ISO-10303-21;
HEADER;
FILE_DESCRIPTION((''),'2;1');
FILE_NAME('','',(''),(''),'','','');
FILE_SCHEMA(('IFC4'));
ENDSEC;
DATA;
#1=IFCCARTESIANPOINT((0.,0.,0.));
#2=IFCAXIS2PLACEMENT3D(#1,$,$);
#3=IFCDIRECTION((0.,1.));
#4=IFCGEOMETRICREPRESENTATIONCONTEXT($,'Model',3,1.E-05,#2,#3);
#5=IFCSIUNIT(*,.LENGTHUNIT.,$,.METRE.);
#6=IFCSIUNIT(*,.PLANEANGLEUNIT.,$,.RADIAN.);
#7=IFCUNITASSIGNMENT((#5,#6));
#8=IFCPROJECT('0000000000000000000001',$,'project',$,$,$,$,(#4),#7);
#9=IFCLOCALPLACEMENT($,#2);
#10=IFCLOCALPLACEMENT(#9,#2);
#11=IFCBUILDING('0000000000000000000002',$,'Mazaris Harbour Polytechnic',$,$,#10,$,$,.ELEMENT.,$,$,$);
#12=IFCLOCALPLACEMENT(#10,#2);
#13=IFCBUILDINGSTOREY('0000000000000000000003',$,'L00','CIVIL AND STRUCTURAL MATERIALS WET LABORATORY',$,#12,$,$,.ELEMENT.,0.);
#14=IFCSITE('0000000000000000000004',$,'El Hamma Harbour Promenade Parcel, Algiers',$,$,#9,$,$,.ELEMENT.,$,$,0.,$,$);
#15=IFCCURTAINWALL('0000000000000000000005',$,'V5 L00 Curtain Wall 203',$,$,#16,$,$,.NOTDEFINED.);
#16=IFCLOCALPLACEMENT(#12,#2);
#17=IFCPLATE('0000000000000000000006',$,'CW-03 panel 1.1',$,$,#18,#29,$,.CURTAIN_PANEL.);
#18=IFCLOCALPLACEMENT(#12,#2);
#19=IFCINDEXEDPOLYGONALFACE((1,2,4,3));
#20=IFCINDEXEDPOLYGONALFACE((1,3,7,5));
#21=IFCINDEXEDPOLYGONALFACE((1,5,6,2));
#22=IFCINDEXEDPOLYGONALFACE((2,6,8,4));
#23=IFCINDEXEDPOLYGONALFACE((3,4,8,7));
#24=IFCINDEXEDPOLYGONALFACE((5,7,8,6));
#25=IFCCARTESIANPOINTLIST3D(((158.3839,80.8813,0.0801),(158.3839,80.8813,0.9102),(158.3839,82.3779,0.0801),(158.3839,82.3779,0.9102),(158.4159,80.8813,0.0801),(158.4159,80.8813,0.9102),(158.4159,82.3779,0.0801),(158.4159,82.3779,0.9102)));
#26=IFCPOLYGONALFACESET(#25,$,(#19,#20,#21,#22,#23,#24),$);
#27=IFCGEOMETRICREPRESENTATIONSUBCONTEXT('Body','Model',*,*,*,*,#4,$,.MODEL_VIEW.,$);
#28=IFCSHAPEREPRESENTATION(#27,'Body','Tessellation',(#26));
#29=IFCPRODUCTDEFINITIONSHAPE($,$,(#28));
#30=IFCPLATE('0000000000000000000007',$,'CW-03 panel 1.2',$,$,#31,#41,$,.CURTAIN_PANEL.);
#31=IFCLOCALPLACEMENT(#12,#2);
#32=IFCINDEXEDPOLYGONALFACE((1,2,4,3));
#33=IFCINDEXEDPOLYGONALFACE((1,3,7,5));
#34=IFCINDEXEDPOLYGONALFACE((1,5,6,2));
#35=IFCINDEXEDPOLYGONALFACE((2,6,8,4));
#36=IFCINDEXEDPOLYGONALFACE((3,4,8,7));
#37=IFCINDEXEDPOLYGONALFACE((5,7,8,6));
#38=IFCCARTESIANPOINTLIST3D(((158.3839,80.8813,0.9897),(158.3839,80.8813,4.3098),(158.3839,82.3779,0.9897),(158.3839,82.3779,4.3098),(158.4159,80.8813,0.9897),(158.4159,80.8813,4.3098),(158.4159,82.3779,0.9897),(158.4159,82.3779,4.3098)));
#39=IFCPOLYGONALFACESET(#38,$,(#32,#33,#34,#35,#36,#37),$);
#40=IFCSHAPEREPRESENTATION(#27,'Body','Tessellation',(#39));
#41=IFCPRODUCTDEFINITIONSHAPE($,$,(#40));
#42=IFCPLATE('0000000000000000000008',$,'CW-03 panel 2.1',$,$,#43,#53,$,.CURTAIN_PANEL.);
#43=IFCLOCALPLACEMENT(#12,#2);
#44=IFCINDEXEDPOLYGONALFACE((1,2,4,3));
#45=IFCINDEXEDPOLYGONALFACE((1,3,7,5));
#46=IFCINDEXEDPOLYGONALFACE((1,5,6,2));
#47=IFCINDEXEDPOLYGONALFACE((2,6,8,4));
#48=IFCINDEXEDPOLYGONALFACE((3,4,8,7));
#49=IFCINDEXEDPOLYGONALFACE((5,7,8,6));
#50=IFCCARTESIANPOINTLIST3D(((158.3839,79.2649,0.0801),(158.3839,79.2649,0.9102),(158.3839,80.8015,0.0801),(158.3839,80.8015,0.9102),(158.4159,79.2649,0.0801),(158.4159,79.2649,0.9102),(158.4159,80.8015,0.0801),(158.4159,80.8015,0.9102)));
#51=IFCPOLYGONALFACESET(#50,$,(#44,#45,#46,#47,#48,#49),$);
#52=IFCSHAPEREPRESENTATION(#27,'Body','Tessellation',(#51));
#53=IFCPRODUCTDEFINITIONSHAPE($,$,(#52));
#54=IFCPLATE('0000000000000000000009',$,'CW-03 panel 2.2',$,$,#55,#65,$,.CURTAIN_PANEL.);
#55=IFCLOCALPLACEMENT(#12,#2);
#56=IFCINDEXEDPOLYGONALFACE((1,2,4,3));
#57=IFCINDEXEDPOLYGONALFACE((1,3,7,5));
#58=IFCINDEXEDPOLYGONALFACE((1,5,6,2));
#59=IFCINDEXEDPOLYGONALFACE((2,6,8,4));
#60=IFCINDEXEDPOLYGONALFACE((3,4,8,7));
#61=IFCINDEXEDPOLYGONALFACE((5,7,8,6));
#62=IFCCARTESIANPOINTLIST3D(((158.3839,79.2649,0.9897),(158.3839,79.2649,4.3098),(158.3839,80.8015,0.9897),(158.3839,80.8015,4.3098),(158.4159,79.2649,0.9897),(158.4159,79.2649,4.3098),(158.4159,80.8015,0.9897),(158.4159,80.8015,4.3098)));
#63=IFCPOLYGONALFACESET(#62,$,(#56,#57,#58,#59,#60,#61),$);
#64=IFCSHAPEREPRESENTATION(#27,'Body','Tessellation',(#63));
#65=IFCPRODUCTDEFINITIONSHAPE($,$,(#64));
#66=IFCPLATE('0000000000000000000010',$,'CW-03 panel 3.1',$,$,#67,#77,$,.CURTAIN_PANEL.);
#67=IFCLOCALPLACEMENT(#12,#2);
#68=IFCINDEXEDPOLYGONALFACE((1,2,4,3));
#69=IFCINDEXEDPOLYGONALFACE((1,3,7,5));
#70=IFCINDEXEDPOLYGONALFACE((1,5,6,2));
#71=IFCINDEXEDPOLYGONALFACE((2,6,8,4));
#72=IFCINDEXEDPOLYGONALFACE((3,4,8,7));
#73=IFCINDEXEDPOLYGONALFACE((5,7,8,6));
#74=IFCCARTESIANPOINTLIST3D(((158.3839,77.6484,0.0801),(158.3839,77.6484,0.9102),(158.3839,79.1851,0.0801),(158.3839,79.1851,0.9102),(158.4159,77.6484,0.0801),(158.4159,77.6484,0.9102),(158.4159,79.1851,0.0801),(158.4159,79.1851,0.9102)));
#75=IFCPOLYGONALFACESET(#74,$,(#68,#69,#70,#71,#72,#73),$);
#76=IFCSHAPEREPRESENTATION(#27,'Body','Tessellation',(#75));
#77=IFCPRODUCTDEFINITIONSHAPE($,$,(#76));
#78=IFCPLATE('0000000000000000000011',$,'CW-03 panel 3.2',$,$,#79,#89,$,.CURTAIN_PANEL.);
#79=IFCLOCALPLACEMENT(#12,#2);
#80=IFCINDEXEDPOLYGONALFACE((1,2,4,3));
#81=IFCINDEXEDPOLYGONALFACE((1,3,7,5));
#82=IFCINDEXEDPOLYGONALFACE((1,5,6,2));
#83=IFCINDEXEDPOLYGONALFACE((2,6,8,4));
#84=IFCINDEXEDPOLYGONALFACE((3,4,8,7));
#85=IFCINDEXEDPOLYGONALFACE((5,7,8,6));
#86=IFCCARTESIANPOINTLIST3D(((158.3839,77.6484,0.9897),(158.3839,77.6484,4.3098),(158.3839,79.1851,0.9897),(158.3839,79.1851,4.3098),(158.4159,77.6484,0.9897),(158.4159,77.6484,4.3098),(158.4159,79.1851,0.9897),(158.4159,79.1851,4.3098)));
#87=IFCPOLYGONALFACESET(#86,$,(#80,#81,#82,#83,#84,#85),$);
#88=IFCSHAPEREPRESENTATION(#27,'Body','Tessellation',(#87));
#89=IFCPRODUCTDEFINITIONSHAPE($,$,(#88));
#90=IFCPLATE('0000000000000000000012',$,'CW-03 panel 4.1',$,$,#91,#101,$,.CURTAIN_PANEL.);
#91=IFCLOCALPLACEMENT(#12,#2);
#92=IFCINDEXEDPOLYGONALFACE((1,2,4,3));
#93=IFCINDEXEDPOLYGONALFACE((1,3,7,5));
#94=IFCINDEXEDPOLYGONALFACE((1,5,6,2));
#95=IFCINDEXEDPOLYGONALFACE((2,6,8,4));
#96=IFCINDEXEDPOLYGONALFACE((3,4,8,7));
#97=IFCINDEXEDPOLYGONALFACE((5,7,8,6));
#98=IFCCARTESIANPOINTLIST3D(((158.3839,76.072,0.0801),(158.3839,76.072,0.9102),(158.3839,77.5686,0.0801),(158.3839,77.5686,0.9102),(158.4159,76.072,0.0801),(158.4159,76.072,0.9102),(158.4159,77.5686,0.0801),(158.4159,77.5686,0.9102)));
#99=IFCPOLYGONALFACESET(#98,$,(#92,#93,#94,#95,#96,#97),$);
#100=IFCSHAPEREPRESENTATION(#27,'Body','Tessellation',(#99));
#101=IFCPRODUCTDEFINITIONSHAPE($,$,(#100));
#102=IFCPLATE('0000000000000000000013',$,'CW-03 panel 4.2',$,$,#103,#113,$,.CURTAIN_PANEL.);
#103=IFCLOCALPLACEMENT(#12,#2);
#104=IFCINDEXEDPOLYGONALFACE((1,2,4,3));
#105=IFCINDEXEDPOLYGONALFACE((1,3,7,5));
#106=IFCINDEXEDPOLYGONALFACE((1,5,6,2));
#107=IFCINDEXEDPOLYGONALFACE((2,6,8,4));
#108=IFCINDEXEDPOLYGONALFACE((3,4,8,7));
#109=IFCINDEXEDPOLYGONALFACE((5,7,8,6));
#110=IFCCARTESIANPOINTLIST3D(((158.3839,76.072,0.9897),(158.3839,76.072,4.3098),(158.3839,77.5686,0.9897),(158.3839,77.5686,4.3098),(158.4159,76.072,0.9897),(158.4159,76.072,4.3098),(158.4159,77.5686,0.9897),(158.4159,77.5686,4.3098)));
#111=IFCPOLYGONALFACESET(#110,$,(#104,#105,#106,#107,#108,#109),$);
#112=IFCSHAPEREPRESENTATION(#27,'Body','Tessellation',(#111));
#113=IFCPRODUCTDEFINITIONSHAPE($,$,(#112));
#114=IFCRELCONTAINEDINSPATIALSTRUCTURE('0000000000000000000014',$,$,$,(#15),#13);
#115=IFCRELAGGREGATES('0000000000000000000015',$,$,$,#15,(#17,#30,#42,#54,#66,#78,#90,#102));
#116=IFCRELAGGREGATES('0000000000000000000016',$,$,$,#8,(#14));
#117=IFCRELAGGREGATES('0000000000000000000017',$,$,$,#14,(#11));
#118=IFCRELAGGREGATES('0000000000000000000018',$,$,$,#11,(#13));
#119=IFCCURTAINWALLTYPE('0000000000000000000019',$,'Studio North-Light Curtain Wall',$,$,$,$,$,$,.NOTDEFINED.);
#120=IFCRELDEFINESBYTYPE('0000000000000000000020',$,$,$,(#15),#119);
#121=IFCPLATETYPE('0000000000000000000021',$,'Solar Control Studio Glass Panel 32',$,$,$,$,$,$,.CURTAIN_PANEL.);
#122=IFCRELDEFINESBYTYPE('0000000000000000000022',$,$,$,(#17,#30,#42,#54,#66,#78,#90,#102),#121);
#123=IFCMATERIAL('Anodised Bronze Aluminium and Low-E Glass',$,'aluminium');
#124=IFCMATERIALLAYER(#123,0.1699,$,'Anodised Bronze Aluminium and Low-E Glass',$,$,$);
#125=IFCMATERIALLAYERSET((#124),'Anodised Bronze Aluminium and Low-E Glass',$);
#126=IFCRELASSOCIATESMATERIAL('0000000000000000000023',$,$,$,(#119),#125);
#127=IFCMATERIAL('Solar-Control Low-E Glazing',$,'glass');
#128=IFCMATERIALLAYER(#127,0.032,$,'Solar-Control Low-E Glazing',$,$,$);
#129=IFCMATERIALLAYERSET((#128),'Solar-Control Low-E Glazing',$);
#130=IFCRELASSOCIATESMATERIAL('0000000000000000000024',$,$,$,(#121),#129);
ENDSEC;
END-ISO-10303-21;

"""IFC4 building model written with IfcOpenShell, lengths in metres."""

from ifc_helpers import new_model, si_unit, direction, frame, origin, origin_2d, place, context, subcontext, project, spatial, rectangle, extrude, material, layer, layer_set, type_object, element, aggregate, save


model = new_model("IFC4")

# Units and contexts
model_context = context("Model", 3, precision=1e-05, world=origin(), true_north=direction((0.0, 1.0)))
body_context = subcontext(model_context, "Body", "Model", "MODEL_VIEW")
ifc_project = project(units=[si_unit("LENGTHUNIT", "METRE"), si_unit("PLANEANGLEUNIT", "RADIAN")], contexts=[model_context])

# Site, building, storey
site_placement = place(None, origin())
site = spatial("IfcSite", under=ifc_project, at=site_placement, Name="El Hamma Harbour Promenade Parcel, Algiers", CompositionType="ELEMENT", RefElevation=0.0)
building_placement = place(site_placement, origin())
building = spatial("IfcBuilding", under=site, at=building_placement, Name="Mazaris Harbour Polytechnic", CompositionType="ELEMENT")
storey_placement = place(building_placement, origin())
storey = spatial("IfcBuildingStorey", under=building, at=storey_placement, Name="L00", Description="CIVIL AND STRUCTURAL MATERIALS WET LABORATORY", CompositionType="ELEMENT", Elevation=0.0)

# Curtain wall
ifc_material_1 = material(Name="Anodised Bronze Aluminium and Low-E Glass", Category="aluminium")
ifc_layer_1 = layer(ifc_material_1, 0.1699, Name="Anodised Bronze Aluminium and Low-E Glass")
ifc_layer_set_1 = layer_set([ifc_layer_1], Name="Anodised Bronze Aluminium and Low-E Glass")
curtain_wall_type = type_object("IfcCurtainWallType", Name="Studio North-Light Curtain Wall", PredefinedType="NOTDEFINED", material=ifc_layer_set_1)
curtain_wall_1_placement = place(storey_placement, origin())
curtain_wall_1 = element("IfcCurtainWall", 1, at=curtain_wall_1_placement, inside=storey, type_object=curtain_wall_type, Name="V5 L00 Curtain Wall 203", PredefinedType="NOTDEFINED")

# Plates
ifc_material_2 = material(Name="Solar-Control Low-E Glazing", Category="glass")
ifc_layer_2 = layer(ifc_material_2, 0.032, Name="Solar-Control Low-E Glazing")
ifc_layer_set_2 = layer_set([ifc_layer_2], Name="Solar-Control Low-E Glazing")
plate_type = type_object("IfcPlateType", Name="Solar Control Studio Glass Panel 32", PredefinedType="CURTAIN_PANEL", material=ifc_layer_set_2)
plate_1_placement = place(storey_placement, frame((158.3999, 81.6296, 0.0801), z_axis=(0.0, 0.0, 1.0), x_axis=(0.0, -1.0, 0.0)))
plate_1 = element("IfcPlate", 2, at=plate_1_placement, type_object=plate_type, Name="CW-03 panel 1.1", PredefinedType="CURTAIN_PANEL", context=body_context, shape_type="SweptSolid", body=[
    extrude(rectangle(XDim=1.4966, YDim=0.032, at=origin_2d()), origin(), (0.0, 0.0, 1.0), 0.8301),
])
plate_2_placement = place(storey_placement, frame((158.3999, 81.6296, 0.9897), z_axis=(0.0, 0.0, 1.0), x_axis=(0.0, -1.0, 0.0)))
plate_2 = element("IfcPlate", 3, at=plate_2_placement, type_object=plate_type, Name="CW-03 panel 1.2", PredefinedType="CURTAIN_PANEL", context=body_context, shape_type="SweptSolid", body=[
    extrude(rectangle(XDim=1.4966, YDim=0.032, at=origin_2d()), origin(), (0.0, 0.0, 1.0), 3.3201),
])
plate_3_placement = place(storey_placement, frame((158.3999, 80.0332, 0.0801), z_axis=(0.0, 0.0, 1.0), x_axis=(0.0, -1.0, 0.0)))
plate_3 = element("IfcPlate", 4, at=plate_3_placement, type_object=plate_type, Name="CW-03 panel 2.1", PredefinedType="CURTAIN_PANEL", context=body_context, shape_type="SweptSolid", body=[
    extrude(rectangle(XDim=1.5366, YDim=0.032, at=origin_2d()), origin(), (0.0, 0.0, 1.0), 0.8301),
])
plate_4_placement = place(storey_placement, frame((158.3999, 80.0332, 0.9897), z_axis=(0.0, 0.0, 1.0), x_axis=(0.0, -1.0, 0.0)))
plate_4 = element("IfcPlate", 5, at=plate_4_placement, type_object=plate_type, Name="CW-03 panel 2.2", PredefinedType="CURTAIN_PANEL", context=body_context, shape_type="SweptSolid", body=[
    extrude(rectangle(XDim=1.5366, YDim=0.032, at=origin_2d()), origin(), (0.0, 0.0, 1.0), 3.3201),
])
plate_5_placement = place(storey_placement, frame((158.3999, 78.4167, 0.0801), z_axis=(0.0, 0.0, 1.0), x_axis=(0.0, -1.0, 0.0)))
plate_5 = element("IfcPlate", 6, at=plate_5_placement, type_object=plate_type, Name="CW-03 panel 3.1", PredefinedType="CURTAIN_PANEL", context=body_context, shape_type="SweptSolid", body=[
    extrude(rectangle(XDim=1.5366, YDim=0.032, at=origin_2d()), origin(), (0.0, 0.0, 1.0), 0.8301),
])
plate_6_placement = place(storey_placement, frame((158.3999, 78.4167, 0.9897), z_axis=(0.0, 0.0, 1.0), x_axis=(0.0, -1.0, 0.0)))
plate_6 = element("IfcPlate", 7, at=plate_6_placement, type_object=plate_type, Name="CW-03 panel 3.2", PredefinedType="CURTAIN_PANEL", context=body_context, shape_type="SweptSolid", body=[
    extrude(rectangle(XDim=1.5366, YDim=0.032, at=origin_2d()), origin(), (0.0, 0.0, 1.0), 3.3201),
])
plate_7_placement = place(storey_placement, frame((158.3999, 76.8203, 0.0801), z_axis=(0.0, 0.0, 1.0), x_axis=(0.0, -1.0, 0.0)))
plate_7 = element("IfcPlate", 8, at=plate_7_placement, type_object=plate_type, Name="CW-03 panel 4.1", PredefinedType="CURTAIN_PANEL", context=body_context, shape_type="SweptSolid", body=[
    extrude(rectangle(XDim=1.4966, YDim=0.032, at=origin_2d()), origin(), (0.0, 0.0, 1.0), 0.8301),
])
plate_8_placement = place(storey_placement, frame((158.3999, 76.8203, 0.9897), z_axis=(0.0, 0.0, 1.0), x_axis=(0.0, -1.0, 0.0)))
plate_8 = element("IfcPlate", 9, at=plate_8_placement, type_object=plate_type, Name="CW-03 panel 4.2", PredefinedType="CURTAIN_PANEL", context=body_context, shape_type="SweptSolid", body=[
    extrude(rectangle(XDim=1.4966, YDim=0.032, at=origin_2d()), origin(), (0.0, 0.0, 1.0), 3.3201),
])
aggregate(curtain_wall_1, [plate_1, plate_2, plate_3, plate_4, plate_5, plate_6, plate_7, plate_8])

save(model, "model.ifc")
